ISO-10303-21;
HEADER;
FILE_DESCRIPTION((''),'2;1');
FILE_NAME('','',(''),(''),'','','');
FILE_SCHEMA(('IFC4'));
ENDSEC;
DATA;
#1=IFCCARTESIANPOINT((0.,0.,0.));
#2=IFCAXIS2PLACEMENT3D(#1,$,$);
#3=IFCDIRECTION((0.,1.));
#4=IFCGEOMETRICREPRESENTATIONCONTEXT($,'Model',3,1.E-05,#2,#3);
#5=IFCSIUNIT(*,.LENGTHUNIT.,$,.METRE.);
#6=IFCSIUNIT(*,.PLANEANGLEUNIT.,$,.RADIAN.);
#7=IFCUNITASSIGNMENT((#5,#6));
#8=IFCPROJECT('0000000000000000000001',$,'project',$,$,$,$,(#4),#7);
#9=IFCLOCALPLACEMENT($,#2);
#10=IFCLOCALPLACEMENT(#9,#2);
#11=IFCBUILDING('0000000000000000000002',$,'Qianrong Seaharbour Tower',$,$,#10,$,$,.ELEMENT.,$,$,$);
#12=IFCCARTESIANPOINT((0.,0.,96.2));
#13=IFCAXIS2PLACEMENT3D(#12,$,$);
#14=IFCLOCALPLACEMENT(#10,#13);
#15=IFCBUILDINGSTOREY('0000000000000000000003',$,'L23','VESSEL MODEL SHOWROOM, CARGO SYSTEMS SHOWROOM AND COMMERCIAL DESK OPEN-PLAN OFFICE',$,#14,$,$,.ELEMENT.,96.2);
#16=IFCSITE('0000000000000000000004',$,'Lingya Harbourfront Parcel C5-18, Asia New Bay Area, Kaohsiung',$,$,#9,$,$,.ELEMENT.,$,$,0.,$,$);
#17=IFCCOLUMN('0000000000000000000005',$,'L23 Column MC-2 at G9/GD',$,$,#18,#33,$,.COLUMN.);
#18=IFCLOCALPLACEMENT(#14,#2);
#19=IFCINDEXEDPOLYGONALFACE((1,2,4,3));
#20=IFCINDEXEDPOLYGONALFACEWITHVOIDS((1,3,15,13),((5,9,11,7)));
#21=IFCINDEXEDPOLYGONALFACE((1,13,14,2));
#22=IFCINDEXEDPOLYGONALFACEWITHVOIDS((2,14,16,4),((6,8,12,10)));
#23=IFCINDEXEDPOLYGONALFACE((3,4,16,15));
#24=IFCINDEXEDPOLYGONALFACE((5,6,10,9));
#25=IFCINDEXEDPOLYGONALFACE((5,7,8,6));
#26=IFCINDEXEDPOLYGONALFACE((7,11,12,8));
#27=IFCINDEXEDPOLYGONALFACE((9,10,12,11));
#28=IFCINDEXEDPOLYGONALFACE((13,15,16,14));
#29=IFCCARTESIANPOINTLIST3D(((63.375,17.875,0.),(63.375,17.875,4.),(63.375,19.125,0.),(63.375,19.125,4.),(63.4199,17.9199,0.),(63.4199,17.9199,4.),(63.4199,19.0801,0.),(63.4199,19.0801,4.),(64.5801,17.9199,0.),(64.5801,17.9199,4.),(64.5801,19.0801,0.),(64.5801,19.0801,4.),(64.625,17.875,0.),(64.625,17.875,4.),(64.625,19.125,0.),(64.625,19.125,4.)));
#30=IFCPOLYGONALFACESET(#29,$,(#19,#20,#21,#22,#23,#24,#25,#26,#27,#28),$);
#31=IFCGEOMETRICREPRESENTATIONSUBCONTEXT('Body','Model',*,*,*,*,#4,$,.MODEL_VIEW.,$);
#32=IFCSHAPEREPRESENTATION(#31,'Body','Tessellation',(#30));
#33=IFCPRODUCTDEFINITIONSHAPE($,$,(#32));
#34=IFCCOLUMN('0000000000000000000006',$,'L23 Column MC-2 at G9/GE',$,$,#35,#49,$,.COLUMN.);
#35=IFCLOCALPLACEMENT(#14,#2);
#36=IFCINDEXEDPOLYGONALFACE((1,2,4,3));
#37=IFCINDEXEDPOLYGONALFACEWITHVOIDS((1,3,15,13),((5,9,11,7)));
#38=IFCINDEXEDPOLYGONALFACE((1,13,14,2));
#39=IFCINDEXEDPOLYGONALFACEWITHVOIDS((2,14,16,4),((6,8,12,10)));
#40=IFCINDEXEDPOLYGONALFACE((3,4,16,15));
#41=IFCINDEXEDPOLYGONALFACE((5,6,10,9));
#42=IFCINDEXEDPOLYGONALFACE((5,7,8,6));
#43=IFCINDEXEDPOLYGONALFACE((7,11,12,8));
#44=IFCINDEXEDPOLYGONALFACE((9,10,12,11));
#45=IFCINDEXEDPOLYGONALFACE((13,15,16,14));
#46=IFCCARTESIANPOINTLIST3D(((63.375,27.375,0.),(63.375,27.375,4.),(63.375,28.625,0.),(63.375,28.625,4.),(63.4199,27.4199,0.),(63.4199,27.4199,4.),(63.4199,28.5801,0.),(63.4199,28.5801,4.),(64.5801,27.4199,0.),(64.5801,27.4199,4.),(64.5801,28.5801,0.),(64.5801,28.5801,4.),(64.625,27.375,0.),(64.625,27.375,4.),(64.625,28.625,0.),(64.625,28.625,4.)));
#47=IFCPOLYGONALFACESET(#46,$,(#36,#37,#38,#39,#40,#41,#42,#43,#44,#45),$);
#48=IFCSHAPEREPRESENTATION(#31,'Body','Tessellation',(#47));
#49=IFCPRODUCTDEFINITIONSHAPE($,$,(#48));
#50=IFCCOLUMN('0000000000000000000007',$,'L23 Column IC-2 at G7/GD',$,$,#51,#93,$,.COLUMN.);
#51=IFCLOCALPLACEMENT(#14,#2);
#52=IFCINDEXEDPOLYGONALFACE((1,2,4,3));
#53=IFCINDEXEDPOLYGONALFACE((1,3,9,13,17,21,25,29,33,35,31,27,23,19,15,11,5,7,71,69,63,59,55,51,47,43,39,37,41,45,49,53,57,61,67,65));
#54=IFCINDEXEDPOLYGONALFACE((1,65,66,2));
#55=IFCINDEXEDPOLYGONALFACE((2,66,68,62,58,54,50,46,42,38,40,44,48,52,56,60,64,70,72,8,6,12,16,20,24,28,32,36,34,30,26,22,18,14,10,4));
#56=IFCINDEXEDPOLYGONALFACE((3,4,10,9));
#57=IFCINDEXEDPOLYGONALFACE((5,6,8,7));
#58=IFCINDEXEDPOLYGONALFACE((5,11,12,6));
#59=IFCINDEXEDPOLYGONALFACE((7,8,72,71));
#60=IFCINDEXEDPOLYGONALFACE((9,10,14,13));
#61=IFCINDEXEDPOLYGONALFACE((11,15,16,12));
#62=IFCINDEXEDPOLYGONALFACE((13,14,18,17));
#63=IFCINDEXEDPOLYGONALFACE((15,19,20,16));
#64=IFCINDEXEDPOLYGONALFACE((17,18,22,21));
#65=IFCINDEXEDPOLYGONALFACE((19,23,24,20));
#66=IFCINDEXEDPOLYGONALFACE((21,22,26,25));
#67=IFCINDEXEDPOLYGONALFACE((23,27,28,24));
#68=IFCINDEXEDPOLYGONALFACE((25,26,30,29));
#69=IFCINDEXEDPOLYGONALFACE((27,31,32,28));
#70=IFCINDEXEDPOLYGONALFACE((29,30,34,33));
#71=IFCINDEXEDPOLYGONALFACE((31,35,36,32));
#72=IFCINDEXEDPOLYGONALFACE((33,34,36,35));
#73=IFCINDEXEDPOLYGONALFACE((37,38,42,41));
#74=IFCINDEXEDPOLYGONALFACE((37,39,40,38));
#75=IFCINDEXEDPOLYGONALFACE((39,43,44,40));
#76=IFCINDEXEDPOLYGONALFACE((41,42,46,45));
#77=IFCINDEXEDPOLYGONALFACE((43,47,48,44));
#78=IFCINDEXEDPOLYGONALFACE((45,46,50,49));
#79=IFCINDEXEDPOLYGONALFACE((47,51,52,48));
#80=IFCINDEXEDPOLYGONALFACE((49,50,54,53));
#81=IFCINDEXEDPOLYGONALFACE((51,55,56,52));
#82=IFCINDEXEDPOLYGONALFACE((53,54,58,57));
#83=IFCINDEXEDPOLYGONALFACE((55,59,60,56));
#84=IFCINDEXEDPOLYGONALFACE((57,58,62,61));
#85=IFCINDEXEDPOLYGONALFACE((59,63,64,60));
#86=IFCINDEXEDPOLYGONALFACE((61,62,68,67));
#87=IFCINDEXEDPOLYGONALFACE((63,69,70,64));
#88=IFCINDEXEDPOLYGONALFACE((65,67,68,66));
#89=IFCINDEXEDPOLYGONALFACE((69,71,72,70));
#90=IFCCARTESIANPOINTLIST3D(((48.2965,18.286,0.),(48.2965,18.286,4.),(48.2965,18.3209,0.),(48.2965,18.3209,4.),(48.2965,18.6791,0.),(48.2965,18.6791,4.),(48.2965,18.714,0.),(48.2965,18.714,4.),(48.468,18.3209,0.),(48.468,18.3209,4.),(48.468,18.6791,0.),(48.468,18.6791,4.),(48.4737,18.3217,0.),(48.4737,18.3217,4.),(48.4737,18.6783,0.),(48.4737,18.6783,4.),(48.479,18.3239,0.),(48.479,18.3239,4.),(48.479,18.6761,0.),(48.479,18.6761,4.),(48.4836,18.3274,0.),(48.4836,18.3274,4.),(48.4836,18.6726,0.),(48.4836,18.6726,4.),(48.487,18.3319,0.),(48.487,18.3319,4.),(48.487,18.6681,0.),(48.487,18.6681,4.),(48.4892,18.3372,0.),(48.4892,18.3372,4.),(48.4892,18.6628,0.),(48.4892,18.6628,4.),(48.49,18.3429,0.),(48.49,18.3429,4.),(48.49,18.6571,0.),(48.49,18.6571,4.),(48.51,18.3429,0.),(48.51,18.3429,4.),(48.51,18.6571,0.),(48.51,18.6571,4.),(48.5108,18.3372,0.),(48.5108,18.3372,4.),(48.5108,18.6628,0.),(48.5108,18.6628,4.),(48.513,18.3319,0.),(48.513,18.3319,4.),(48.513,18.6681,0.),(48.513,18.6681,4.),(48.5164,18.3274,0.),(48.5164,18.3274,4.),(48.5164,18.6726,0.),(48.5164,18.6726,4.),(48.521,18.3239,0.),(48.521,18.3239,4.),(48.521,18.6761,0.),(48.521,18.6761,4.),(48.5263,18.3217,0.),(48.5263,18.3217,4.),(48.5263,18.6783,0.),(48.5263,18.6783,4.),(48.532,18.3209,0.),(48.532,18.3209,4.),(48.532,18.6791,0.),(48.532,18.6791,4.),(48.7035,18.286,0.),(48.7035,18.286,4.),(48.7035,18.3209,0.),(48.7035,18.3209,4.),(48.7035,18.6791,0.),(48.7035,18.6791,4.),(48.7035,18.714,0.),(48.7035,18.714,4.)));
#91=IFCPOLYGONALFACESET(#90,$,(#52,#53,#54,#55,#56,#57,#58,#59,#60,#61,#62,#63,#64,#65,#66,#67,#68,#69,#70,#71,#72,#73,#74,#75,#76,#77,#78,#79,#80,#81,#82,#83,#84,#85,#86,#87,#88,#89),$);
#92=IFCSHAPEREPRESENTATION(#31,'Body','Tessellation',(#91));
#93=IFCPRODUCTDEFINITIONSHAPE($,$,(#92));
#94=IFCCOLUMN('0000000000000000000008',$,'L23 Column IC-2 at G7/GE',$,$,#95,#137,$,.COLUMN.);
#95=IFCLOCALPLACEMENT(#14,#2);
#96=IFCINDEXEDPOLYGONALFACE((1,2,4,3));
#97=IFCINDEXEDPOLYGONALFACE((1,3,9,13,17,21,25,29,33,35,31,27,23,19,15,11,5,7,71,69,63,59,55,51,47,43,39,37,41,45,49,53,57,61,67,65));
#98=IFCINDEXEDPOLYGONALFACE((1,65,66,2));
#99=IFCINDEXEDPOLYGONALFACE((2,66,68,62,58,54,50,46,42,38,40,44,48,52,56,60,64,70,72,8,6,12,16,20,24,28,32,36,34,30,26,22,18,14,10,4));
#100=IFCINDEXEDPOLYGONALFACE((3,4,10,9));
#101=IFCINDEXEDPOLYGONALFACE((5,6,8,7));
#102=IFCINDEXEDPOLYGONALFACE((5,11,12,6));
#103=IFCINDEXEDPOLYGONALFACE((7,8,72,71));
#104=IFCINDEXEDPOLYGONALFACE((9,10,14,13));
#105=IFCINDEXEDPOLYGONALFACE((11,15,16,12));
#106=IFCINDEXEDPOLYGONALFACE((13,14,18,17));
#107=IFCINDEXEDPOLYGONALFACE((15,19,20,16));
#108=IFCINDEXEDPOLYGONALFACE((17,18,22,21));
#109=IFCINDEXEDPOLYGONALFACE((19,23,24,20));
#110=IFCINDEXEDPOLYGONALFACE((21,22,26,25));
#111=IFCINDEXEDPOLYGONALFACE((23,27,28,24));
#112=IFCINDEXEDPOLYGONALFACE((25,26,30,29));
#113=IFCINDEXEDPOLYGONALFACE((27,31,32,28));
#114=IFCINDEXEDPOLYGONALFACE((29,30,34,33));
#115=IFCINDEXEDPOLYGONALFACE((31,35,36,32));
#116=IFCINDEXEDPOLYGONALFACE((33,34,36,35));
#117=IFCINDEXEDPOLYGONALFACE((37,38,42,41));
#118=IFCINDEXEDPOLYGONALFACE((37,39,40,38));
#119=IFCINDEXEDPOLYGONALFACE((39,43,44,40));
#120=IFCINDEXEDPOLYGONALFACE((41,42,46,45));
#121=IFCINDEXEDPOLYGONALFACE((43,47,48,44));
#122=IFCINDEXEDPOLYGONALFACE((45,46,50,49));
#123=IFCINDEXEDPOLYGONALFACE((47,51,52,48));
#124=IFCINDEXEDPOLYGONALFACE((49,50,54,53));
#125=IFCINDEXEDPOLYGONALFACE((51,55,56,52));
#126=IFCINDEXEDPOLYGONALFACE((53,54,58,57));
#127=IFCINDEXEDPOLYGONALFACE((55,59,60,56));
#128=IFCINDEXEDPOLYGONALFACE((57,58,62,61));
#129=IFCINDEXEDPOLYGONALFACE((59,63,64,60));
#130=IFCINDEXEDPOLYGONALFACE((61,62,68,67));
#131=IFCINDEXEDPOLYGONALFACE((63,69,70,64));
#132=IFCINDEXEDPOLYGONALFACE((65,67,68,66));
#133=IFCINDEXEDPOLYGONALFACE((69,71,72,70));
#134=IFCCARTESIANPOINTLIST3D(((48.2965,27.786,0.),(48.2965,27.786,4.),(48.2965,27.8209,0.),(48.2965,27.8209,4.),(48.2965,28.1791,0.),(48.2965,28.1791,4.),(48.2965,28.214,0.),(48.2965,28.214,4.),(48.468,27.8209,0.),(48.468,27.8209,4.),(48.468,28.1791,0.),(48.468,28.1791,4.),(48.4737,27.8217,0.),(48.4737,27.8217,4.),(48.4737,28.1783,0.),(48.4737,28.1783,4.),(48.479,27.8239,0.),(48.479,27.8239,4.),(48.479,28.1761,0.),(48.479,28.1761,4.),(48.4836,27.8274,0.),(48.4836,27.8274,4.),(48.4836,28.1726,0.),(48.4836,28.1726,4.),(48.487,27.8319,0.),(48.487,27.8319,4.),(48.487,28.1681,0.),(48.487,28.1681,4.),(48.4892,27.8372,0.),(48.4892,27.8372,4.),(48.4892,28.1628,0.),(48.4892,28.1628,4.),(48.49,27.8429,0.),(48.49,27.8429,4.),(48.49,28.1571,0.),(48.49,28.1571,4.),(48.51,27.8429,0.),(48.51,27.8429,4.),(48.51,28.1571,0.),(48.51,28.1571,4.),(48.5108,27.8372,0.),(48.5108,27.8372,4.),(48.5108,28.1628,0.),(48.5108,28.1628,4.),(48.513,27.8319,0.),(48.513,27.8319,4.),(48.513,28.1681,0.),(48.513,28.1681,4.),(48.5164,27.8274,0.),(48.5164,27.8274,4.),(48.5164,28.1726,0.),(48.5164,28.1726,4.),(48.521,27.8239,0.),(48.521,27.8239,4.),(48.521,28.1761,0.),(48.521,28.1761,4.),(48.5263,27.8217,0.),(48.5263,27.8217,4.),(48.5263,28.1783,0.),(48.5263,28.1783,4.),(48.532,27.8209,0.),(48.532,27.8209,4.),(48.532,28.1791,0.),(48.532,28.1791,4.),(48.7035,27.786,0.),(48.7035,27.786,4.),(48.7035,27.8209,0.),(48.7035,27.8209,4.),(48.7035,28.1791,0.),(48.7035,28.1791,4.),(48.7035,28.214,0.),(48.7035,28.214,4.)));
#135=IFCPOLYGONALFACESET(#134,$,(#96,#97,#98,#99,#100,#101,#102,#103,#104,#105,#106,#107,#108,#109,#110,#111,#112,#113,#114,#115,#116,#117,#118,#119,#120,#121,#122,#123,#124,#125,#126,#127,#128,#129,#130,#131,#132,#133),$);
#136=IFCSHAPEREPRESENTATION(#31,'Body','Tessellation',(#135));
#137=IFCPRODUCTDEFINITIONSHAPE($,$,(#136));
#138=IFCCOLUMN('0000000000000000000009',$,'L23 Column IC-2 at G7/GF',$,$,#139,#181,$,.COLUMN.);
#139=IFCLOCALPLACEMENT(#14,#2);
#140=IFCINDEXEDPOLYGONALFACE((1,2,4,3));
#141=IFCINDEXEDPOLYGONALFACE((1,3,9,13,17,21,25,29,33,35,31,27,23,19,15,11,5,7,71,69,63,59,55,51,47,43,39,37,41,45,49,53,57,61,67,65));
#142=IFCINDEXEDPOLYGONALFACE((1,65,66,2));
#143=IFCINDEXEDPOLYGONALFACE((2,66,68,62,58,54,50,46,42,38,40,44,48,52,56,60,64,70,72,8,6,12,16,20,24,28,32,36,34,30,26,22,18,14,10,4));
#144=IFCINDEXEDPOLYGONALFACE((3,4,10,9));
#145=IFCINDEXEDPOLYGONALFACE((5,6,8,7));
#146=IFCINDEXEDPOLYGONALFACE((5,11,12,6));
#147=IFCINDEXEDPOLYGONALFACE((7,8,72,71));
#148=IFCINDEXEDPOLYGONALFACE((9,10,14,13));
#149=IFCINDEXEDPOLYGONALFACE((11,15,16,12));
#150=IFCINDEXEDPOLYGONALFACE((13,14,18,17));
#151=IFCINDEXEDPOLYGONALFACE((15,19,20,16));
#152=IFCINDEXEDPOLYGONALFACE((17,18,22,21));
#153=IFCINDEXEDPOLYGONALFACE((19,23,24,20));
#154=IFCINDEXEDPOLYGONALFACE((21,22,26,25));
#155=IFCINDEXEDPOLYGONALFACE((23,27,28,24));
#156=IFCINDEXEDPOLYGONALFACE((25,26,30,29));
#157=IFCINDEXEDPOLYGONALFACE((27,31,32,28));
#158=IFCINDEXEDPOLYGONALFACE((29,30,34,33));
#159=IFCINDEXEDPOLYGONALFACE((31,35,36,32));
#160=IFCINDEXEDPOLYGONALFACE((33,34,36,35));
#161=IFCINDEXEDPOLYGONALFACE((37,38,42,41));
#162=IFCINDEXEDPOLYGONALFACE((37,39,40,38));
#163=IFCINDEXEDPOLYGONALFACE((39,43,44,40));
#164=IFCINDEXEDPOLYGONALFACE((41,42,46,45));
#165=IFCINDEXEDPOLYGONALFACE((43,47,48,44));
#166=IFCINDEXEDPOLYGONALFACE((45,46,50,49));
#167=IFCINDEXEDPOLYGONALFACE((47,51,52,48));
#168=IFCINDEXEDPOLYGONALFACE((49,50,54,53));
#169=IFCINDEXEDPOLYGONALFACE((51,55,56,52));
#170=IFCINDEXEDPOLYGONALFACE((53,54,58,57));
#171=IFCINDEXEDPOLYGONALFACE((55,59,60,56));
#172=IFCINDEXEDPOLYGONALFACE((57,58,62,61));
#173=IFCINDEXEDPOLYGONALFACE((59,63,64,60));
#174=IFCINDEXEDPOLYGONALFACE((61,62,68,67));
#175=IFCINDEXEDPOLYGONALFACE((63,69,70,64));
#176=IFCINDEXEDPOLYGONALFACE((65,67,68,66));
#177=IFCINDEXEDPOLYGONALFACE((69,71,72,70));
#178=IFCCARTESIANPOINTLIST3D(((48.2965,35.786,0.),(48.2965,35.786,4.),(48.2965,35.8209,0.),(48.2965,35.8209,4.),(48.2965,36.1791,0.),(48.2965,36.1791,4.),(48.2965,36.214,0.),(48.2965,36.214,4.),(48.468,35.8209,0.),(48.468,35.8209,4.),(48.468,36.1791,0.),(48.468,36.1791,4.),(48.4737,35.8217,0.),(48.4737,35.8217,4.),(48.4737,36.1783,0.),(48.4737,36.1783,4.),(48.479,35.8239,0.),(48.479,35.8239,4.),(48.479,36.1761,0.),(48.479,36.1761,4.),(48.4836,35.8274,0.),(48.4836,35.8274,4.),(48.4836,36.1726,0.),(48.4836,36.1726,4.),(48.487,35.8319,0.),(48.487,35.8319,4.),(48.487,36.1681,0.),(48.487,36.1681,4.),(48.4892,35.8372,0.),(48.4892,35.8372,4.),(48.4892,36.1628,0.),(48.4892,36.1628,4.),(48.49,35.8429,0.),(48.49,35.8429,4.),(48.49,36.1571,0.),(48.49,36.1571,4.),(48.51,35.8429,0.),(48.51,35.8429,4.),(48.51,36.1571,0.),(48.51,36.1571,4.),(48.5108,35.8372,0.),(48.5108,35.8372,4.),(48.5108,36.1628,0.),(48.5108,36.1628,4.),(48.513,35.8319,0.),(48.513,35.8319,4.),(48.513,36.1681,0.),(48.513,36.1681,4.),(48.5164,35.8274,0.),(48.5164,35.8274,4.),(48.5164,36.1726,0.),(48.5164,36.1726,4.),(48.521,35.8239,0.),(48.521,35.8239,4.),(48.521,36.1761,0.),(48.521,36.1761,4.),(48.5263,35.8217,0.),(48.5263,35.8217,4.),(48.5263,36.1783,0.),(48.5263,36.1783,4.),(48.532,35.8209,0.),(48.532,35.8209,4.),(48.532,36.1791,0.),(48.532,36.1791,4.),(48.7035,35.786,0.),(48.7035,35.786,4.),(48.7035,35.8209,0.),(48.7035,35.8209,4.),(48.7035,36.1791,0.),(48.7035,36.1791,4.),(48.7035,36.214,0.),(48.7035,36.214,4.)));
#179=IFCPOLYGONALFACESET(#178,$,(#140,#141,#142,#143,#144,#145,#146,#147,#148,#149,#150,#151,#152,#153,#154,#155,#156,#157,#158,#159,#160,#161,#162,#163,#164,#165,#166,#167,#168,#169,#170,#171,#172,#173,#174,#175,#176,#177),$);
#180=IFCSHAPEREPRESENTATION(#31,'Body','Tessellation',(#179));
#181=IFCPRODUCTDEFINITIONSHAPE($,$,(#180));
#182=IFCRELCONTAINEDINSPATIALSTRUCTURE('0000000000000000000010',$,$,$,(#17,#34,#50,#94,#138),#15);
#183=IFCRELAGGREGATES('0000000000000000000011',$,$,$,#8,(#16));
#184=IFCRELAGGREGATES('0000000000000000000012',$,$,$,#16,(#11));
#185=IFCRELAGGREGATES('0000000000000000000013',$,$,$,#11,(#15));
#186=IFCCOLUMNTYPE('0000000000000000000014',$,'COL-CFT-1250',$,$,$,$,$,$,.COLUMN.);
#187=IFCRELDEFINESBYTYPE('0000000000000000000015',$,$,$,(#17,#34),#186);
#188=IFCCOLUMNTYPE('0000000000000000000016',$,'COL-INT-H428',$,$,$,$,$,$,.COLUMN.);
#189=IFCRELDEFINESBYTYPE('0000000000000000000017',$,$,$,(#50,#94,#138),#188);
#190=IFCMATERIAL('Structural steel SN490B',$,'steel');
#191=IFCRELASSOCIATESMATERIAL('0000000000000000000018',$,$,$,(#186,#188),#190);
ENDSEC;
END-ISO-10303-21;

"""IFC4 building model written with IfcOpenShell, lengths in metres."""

from ifc_helpers import new_model, si_unit, direction, frame, origin, origin_2d, place, context, subcontext, project, spatial, hollow_rectangle, i_section, extrude, material, material_profile, profile_set, type_object, element, save


model = new_model("IFC4")

# Units and contexts
model_context = context("Model", 3, precision=1e-05, world=origin(), true_north=direction((0.0, 1.0)))
body_context = subcontext(model_context, "Body", "Model", "MODEL_VIEW")
ifc_project = project(units=[si_unit("LENGTHUNIT", "METRE"), si_unit("PLANEANGLEUNIT", "RADIAN")], contexts=[model_context])

# Site, building, storey
site_placement = place(None, origin())
site = spatial("IfcSite", under=ifc_project, at=site_placement, Name="Lingya Harbourfront Parcel C5-18, Asia New Bay Area, Kaohsiung", CompositionType="ELEMENT", RefElevation=0.0)
building_placement = place(site_placement, origin())
building = spatial("IfcBuilding", under=site, at=building_placement, Name="Qianrong Seaharbour Tower", CompositionType="ELEMENT")
storey_placement = place(building_placement, frame((0.0, 0.0, 96.2)))
storey = spatial("IfcBuildingStorey", under=building, at=storey_placement, Name="L23", Description="VESSEL MODEL SHOWROOM, CARGO SYSTEMS SHOWROOM AND COMMERCIAL DESK OPEN-PLAN OFFICE", CompositionType="ELEMENT", Elevation=96.2)

# Columns
ifc_material_1 = material(Name="Structural steel SN490B", Category="steel")
ifc_material_profile_1 = material_profile(ifc_material_1, hollow_rectangle(XDim=1.25, YDim=1.25, WallThickness=0.0449, at=origin_2d()), Name="BOX1250x1250x45")
ifc_profile_set_1 = profile_set([ifc_material_profile_1], Name="Structural steel SN490B")
column_type_1 = type_object("IfcColumnType", Name="COL-CFT-1250", PredefinedType="COLUMN", material=ifc_profile_set_1)
for number, where, z_axis, x_axis, name in (
    (1, (64.0, 18.5, 0.0), (0.0, 0.0, 1.0), (1.0, 0.0, 0.0), "L23 Column MC-2 at G9/GD"),
    (2, (64.0, 28.0, 0.0), (0.0, 0.0, 1.0), (1.0, 0.0, 0.0), "L23 Column MC-2 at G9/GE"),
):
    element("IfcColumn", number, at=place(storey_placement, frame(where, z_axis=z_axis, x_axis=x_axis)), inside=storey, type_object=column_type_1, Name=name, PredefinedType="COLUMN", context=body_context, shape_type="SweptSolid", body=[
        extrude(hollow_rectangle(XDim=1.25, YDim=1.25, WallThickness=0.0449, at=origin_2d()), origin(), (0.0, 0.0, 1.0), 4.0),
    ])
ifc_material_profile_2 = material_profile(ifc_material_1, i_section(OverallWidth=0.407, OverallDepth=0.428, WebThickness=0.02, FlangeThickness=0.0349, FilletRadius=0.022, at=origin_2d()), Name="H428x407x20x35")
ifc_profile_set_2 = profile_set([ifc_material_profile_2], Name="Structural steel SN490B")
column_type_2 = type_object("IfcColumnType", Name="COL-INT-H428", PredefinedType="COLUMN", material=ifc_profile_set_2)
for number, where, z_axis, x_axis, name in (
    (3, (48.5, 18.5, 0.0), (0.0, 0.0, 1.0), (1.0, 0.0, 0.0), "L23 Column IC-2 at G7/GD"),
    (4, (48.5, 28.0, 0.0), (0.0, 0.0, 1.0), (1.0, 0.0, 0.0), "L23 Column IC-2 at G7/GE"),
    (5, (48.5, 36.0, 0.0), (0.0, 0.0, 1.0), (1.0, 0.0, 0.0), "L23 Column IC-2 at G7/GF"),
):
    element("IfcColumn", number, at=place(storey_placement, frame(where, z_axis=z_axis, x_axis=x_axis)), inside=storey, type_object=column_type_2, Name=name, PredefinedType="COLUMN", context=body_context, shape_type="SweptSolid", body=[
        extrude(i_section(OverallWidth=0.407, OverallDepth=0.428, WebThickness=0.02, FlangeThickness=0.0349, FilletRadius=0.022, at=origin_2d()), origin(), (0.0, 0.0, 1.0), 4.0),
    ])

save(model, "model.ifc")
